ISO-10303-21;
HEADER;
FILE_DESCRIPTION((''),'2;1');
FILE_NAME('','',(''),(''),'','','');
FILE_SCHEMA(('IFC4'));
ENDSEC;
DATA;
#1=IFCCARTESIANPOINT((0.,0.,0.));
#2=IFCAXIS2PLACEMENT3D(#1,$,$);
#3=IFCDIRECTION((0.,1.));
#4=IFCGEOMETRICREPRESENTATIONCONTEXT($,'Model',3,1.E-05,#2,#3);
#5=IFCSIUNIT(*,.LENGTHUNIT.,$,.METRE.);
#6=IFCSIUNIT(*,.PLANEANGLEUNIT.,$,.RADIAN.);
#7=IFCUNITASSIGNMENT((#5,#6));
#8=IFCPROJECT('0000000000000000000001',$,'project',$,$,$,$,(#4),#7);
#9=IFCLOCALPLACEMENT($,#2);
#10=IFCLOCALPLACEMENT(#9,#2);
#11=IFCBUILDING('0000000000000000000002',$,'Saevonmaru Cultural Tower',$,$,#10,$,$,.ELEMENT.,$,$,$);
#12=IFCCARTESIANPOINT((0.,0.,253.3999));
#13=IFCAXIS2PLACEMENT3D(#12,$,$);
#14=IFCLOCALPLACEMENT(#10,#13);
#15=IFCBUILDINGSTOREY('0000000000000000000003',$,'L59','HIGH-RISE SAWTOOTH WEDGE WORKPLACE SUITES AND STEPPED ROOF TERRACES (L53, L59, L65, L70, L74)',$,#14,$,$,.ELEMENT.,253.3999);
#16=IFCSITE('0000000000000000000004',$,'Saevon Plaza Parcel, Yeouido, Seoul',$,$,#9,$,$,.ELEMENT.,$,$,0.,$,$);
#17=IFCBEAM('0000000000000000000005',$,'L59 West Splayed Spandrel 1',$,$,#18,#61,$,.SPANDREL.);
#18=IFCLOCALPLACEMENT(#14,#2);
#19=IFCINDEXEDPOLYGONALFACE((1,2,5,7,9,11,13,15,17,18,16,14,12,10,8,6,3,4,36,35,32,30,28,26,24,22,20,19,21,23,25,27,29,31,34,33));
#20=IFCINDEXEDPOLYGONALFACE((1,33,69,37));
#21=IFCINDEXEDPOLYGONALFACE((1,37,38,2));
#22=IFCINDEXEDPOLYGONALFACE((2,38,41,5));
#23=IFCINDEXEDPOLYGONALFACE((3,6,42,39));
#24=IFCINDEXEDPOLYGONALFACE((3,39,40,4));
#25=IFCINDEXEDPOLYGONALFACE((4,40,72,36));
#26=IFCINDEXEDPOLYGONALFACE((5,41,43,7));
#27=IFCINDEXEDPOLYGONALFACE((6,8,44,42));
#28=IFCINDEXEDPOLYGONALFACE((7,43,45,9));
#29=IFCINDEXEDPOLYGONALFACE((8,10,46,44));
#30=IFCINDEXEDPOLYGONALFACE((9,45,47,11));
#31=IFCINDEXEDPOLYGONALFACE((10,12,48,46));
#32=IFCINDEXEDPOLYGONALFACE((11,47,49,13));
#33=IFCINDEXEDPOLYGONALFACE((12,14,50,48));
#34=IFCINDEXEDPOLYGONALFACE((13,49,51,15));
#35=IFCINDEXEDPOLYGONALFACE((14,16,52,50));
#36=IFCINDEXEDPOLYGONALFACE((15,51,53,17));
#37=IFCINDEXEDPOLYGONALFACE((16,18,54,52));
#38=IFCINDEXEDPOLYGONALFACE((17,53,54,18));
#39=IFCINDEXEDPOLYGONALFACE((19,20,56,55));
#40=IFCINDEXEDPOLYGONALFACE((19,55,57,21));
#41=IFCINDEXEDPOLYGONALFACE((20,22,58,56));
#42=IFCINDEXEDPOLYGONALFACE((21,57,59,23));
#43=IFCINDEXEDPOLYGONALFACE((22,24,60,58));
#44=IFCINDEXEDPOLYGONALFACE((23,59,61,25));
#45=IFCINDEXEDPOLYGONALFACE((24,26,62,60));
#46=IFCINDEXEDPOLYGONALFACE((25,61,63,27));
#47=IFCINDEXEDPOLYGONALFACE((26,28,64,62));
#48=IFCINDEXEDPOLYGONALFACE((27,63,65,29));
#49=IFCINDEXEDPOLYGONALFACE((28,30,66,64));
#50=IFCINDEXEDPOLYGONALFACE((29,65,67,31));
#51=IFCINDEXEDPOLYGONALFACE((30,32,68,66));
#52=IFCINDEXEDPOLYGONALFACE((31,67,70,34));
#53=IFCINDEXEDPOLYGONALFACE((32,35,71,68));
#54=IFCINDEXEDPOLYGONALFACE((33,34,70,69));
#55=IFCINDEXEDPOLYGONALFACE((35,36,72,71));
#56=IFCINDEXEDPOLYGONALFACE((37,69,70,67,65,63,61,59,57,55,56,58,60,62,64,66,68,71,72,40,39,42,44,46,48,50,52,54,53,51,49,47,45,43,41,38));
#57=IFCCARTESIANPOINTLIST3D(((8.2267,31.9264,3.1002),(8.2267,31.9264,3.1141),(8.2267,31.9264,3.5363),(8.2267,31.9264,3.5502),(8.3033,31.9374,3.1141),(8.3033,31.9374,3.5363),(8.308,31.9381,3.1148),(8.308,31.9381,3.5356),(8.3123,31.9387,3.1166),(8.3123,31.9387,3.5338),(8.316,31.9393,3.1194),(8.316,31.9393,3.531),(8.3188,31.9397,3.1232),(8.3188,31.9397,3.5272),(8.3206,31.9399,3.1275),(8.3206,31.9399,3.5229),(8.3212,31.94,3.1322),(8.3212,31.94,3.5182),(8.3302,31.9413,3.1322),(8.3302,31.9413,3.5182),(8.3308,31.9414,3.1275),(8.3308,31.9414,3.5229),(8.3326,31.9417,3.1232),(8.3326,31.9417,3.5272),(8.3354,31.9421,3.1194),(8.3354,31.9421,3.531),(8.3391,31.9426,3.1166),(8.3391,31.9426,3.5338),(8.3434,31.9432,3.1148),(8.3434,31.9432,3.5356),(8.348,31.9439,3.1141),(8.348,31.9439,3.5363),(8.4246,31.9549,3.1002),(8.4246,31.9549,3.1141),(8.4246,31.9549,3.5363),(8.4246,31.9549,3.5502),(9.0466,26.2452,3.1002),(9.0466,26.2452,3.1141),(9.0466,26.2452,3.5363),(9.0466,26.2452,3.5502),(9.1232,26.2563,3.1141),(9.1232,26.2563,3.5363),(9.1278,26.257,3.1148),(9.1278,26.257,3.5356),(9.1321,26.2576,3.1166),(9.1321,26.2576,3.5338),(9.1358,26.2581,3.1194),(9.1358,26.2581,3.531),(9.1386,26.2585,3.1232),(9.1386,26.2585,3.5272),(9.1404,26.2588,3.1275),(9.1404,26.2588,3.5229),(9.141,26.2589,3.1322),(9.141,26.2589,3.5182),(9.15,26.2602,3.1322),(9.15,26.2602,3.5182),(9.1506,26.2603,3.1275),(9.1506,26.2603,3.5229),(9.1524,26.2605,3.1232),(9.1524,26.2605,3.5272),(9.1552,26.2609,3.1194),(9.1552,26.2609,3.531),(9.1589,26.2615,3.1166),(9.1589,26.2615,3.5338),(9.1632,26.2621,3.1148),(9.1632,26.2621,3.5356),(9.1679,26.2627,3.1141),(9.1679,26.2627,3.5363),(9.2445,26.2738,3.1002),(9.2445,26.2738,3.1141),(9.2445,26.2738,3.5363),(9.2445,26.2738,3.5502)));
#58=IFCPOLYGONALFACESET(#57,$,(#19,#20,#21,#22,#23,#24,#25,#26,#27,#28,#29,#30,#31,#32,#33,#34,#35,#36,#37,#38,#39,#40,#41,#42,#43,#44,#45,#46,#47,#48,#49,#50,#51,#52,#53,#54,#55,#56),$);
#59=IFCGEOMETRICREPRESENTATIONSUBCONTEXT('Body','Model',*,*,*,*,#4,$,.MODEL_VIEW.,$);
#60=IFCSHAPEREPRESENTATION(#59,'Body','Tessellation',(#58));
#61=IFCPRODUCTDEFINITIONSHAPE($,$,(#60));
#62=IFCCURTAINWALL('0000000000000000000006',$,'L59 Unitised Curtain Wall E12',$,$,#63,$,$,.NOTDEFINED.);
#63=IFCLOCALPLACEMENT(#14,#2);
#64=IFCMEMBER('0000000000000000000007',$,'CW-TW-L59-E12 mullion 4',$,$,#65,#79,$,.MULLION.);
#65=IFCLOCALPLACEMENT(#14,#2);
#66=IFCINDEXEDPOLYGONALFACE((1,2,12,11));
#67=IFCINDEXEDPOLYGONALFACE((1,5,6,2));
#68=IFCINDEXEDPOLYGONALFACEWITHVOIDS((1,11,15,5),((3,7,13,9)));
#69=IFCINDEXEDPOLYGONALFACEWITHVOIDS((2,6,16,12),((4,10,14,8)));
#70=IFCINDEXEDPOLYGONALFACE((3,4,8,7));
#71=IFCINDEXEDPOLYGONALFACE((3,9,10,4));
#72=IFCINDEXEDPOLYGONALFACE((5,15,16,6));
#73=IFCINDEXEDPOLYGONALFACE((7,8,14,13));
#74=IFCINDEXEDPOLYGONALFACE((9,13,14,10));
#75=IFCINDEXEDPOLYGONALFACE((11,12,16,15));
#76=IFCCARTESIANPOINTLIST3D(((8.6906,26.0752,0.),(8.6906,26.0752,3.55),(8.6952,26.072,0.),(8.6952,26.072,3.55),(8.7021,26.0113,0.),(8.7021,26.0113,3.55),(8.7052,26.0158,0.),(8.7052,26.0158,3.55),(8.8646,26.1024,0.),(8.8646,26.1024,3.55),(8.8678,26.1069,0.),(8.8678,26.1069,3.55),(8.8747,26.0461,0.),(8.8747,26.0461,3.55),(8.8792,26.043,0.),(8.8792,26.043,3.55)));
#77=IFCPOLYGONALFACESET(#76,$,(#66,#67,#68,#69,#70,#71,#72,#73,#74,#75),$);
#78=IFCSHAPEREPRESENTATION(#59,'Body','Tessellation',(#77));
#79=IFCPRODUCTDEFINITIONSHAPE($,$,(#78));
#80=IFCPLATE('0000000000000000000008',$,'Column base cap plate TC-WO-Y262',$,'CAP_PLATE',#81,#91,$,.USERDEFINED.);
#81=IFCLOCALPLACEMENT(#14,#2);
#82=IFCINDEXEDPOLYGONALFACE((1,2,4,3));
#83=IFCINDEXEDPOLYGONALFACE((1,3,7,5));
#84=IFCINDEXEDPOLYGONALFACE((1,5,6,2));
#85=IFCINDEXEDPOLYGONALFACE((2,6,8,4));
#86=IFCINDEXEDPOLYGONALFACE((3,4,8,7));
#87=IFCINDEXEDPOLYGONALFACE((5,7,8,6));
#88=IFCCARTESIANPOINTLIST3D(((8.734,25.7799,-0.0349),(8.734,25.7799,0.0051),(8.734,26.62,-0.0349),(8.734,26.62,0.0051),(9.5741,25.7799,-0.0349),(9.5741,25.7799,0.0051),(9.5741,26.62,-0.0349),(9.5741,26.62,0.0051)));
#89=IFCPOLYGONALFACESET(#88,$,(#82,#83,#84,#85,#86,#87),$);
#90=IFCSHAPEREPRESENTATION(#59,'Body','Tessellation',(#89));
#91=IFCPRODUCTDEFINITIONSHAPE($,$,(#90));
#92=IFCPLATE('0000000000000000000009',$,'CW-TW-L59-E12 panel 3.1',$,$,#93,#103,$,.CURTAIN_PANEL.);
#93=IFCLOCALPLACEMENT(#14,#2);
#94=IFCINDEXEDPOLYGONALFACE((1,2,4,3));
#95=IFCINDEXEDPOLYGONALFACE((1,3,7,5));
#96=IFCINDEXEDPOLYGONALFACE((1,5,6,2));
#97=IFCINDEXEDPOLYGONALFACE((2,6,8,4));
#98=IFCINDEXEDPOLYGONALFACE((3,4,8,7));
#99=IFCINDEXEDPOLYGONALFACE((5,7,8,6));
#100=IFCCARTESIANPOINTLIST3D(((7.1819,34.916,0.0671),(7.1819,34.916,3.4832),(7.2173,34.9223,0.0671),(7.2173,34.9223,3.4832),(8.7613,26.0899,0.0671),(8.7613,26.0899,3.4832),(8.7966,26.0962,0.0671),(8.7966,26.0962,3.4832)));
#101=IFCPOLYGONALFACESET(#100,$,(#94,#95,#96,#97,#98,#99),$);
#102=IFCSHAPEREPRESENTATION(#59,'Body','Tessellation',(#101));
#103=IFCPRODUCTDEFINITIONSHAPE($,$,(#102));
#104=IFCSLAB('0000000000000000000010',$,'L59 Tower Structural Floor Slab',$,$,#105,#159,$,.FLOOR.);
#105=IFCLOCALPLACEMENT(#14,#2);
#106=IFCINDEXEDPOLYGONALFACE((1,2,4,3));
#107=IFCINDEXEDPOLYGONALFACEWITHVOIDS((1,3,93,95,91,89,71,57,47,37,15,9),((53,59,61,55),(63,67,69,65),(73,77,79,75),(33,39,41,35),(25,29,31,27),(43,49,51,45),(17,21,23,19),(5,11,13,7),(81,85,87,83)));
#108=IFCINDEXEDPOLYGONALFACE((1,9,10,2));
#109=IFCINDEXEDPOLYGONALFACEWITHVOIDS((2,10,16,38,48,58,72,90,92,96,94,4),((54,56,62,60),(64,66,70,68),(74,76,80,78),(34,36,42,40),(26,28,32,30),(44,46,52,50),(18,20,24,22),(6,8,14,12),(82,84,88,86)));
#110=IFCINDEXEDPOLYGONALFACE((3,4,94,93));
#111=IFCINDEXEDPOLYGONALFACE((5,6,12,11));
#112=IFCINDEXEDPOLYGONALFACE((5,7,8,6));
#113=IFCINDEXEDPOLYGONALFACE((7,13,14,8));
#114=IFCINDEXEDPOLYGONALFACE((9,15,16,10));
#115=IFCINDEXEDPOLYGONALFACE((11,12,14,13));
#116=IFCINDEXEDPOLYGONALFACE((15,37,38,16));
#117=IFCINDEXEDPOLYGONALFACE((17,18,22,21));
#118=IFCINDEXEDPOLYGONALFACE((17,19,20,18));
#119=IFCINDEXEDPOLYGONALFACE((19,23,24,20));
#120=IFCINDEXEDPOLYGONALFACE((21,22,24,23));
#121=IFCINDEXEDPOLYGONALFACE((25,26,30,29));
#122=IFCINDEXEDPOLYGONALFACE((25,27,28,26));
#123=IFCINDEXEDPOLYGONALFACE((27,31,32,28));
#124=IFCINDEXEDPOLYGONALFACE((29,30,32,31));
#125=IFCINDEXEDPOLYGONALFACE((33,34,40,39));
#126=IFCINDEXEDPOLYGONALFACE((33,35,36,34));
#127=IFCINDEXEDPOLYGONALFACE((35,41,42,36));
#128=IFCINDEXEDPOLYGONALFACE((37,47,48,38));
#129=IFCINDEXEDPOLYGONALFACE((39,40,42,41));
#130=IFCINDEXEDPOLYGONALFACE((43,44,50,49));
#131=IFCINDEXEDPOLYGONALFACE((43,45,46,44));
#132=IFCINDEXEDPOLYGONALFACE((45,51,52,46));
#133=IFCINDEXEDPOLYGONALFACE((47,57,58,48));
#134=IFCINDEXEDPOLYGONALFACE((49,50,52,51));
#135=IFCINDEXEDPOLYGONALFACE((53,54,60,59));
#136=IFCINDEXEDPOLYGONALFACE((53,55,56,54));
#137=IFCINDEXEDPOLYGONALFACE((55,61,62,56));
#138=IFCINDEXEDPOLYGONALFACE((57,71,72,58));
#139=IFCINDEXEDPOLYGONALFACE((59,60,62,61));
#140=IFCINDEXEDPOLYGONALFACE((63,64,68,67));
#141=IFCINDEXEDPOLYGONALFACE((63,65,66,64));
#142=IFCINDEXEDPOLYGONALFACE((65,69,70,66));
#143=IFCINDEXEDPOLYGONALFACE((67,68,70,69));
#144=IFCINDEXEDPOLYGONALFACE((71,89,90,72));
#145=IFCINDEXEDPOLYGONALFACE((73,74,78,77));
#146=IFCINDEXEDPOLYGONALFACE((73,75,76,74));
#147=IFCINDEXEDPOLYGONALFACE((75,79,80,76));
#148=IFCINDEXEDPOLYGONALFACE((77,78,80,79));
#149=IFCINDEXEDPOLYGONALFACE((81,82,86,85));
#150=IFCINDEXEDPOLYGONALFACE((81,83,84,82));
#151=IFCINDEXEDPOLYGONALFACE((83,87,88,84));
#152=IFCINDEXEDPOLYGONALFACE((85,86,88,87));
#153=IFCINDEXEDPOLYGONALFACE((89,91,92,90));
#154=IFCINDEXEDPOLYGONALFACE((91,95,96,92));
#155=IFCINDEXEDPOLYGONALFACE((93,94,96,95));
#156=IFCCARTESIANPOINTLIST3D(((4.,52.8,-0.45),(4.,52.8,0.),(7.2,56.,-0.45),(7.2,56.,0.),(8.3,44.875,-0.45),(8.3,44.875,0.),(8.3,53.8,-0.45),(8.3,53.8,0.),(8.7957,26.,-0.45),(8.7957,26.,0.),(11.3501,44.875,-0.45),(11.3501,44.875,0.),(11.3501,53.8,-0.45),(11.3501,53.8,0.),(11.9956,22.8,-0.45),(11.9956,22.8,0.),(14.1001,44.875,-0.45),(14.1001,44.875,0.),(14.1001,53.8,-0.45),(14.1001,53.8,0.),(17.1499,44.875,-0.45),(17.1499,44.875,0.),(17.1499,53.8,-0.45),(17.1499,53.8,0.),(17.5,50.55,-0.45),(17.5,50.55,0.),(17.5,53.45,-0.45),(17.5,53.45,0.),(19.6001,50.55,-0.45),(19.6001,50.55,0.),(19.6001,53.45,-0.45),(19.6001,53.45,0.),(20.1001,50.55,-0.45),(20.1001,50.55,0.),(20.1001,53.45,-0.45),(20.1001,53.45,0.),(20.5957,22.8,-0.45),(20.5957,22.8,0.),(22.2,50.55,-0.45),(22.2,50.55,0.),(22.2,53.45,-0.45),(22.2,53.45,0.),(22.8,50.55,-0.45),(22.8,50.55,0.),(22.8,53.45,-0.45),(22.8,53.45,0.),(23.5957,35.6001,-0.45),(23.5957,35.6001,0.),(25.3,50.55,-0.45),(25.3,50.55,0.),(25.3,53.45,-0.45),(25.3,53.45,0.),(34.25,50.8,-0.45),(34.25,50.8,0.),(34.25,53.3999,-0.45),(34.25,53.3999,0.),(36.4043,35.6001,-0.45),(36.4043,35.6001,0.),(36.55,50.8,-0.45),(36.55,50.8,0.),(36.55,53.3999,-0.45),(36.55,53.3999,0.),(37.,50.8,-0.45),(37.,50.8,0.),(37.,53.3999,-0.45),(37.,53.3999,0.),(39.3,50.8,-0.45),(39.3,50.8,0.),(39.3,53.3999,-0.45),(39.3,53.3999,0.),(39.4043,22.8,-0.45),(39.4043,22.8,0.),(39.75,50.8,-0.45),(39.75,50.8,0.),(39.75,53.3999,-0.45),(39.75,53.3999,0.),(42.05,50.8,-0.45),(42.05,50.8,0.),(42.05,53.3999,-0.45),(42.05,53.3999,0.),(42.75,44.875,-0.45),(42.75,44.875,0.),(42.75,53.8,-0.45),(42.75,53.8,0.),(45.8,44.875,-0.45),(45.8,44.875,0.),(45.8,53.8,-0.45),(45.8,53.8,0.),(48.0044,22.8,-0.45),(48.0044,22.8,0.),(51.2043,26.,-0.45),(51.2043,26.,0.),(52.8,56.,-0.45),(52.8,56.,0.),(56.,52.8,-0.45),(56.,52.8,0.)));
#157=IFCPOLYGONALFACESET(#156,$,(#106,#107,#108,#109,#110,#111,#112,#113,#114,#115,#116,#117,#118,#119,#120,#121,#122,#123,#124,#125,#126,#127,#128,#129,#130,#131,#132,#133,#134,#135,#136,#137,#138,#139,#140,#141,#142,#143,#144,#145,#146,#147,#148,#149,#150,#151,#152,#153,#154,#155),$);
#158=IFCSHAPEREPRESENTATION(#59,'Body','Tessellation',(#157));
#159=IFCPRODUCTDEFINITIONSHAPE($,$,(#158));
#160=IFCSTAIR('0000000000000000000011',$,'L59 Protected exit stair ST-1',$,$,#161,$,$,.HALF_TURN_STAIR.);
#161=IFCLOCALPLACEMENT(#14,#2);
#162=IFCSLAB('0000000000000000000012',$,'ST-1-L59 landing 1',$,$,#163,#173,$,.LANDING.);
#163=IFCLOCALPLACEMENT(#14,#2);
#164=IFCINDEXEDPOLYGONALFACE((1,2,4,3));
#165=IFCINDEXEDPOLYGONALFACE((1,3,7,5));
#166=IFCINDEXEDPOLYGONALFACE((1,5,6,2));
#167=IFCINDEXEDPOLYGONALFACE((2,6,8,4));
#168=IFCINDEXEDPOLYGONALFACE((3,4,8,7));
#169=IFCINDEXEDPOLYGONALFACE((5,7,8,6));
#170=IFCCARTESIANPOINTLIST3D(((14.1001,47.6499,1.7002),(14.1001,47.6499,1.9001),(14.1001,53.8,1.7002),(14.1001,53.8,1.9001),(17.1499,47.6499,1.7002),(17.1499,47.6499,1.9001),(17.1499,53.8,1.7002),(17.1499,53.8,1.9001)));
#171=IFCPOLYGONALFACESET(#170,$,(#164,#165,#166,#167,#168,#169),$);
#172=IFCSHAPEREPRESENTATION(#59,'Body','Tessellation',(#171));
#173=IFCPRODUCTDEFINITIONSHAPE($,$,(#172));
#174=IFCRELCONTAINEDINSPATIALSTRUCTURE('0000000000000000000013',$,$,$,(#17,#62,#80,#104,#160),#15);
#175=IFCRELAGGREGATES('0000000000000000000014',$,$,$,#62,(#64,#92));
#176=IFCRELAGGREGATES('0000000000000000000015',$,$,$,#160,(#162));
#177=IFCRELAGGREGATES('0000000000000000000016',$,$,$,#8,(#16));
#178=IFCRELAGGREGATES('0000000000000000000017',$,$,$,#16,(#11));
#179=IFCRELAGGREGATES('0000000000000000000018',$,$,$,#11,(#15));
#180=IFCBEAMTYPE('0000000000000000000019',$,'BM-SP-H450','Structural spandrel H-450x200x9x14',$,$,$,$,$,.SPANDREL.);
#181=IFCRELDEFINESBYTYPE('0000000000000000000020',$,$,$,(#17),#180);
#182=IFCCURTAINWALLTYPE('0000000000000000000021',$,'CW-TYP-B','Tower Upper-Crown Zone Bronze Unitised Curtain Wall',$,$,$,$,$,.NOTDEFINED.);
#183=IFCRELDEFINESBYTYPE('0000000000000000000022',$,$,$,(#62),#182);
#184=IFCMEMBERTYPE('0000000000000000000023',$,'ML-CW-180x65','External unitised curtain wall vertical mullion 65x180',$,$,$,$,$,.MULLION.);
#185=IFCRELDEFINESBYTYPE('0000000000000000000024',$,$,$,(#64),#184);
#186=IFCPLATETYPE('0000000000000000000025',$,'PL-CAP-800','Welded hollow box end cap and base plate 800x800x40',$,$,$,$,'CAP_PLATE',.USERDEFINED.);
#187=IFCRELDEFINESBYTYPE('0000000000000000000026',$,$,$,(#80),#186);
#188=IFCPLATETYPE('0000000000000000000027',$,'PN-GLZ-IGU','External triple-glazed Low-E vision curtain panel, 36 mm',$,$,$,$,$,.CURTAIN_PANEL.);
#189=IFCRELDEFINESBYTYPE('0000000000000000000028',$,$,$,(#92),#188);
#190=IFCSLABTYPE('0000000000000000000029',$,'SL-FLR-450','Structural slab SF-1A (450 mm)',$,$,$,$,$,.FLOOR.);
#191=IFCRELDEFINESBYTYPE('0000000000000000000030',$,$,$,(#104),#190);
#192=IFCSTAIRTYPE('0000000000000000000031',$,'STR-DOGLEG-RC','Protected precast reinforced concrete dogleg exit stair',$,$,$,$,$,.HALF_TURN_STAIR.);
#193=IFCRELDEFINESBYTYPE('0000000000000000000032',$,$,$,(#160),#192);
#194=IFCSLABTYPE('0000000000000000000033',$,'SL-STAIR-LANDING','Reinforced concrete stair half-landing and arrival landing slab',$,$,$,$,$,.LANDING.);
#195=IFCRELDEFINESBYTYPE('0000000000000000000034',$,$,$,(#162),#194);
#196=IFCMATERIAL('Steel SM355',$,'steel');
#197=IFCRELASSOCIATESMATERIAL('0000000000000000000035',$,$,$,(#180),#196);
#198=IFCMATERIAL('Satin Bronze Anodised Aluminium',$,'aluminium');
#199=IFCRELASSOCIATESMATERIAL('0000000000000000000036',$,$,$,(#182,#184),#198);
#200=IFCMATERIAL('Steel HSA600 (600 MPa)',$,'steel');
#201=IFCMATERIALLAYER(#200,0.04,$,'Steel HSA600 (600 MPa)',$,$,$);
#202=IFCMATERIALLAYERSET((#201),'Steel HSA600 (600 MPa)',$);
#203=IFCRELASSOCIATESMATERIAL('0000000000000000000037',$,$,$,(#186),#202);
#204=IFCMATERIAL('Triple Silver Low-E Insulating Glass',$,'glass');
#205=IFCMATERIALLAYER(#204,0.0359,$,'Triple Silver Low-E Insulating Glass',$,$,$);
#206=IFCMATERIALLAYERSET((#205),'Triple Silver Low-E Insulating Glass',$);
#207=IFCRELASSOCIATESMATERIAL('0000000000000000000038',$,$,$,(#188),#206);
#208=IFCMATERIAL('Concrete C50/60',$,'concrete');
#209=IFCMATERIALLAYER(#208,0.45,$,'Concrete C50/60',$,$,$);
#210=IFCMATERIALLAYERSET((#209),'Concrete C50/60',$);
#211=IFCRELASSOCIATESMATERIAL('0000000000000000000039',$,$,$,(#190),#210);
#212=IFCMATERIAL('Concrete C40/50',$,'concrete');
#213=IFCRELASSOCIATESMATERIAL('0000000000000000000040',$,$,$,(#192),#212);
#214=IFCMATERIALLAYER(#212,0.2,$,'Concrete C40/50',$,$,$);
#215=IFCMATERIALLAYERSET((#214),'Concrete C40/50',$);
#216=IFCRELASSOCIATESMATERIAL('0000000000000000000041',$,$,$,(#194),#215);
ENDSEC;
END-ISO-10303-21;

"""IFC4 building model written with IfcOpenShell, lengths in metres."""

from ifc_helpers import new_model, si_unit, direction, frame, origin, origin_2d, place, context, subcontext, project, spatial, polyline, rectangle, hollow_rectangle, i_section, outline, extrude, material, layer, layer_set, material_profile, profile_set, type_object, element, aggregate, save


model = new_model("IFC4")

# Units and contexts
model_context = context("Model", 3, precision=1e-05, world=origin(), true_north=direction((0.0, 1.0)))
body_context = subcontext(model_context, "Body", "Model", "MODEL_VIEW")
ifc_project = project(units=[si_unit("LENGTHUNIT", "METRE"), si_unit("PLANEANGLEUNIT", "RADIAN")], contexts=[model_context])

# Site, building, storey
site_placement = place(None, origin())
site = spatial("IfcSite", under=ifc_project, at=site_placement, Name="Saevon Plaza Parcel, Yeouido, Seoul", CompositionType="ELEMENT", RefElevation=0.0)
building_placement = place(site_placement, origin())
building = spatial("IfcBuilding", under=site, at=building_placement, Name="Saevonmaru Cultural Tower", CompositionType="ELEMENT")
storey_placement = place(building_placement, frame((0.0, 0.0, 253.3999)))
storey = spatial("IfcBuildingStorey", under=building, at=storey_placement, Name="L59", Description="HIGH-RISE SAWTOOTH WEDGE WORKPLACE SUITES AND STEPPED ROOF TERRACES (L53, L59, L65, L70, L74)", CompositionType="ELEMENT", Elevation=253.3999)

# Shared definitions
ifc_material_1 = material(Name="Steel SM355", Category="steel")

# Beam
ifc_material_profile_1 = material_profile(ifc_material_1, i_section(OverallWidth=0.2, OverallDepth=0.45, WebThickness=0.009, FlangeThickness=0.0139, FilletRadius=0.0181, at=origin_2d()), Name="H-450x200x9x14")
ifc_profile_set_1 = profile_set([ifc_material_profile_1], Name="Steel SM355")
beam_type_1 = type_object("IfcBeamType", Name="BM-SP-H450", Description="Structural spandrel H-450x200x9x14", PredefinedType="SPANDREL", material=ifc_profile_set_1)
beam_1_placement = place(storey_placement, frame((9.1455, 26.2595, 3.3252), z_axis=(-0.142827, 0.989748, 0.0), x_axis=(-0.989748, -0.142827, 0.0)))
element("IfcBeam", 1, at=beam_1_placement, inside=storey, type_object=beam_type_1, Name="L59 West Splayed Spandrel 1", PredefinedType="SPANDREL", context=body_context, shape_type="SweptSolid", body=[
    extrude(i_section(OverallWidth=0.2, OverallDepth=0.45, WebThickness=0.009, FlangeThickness=0.0139, FilletRadius=0.0181, at=origin_2d()), origin(), (0.0, 0.0, 1.0), 5.74),
])

# Curtain wall, member
ifc_material_2 = material(Name="Satin Bronze Anodised Aluminium", Category="aluminium")
curtain_wall_type = type_object("IfcCurtainWallType", Name="CW-TYP-B", Description="Tower Upper-Crown Zone Bronze Unitised Curtain Wall", PredefinedType="NOTDEFINED", material=ifc_material_2)
curtain_wall_placement = place(storey_placement, origin())
curtain_wall = element("IfcCurtainWall", 2, at=curtain_wall_placement, inside=storey, type_object=curtain_wall_type, Name="L59 Unitised Curtain Wall E12", PredefinedType="NOTDEFINED")
ifc_material_profile_2 = material_profile(ifc_material_2, hollow_rectangle(XDim=0.0649, YDim=0.1799, WallThickness=0.0039, at=origin_2d()), Name="ALU-MULL-180x65x4")
ifc_profile_set_2 = profile_set([ifc_material_profile_2], Name="Satin Bronze Anodised Aluminium")
member_type = type_object("IfcMemberType", Name="ML-CW-180x65", Description="External unitised curtain wall vertical mullion 65x180", PredefinedType="MULLION", material=ifc_profile_set_2)
member_placement = place(storey_placement, frame((8.7849, 26.0591, 0.0), z_axis=(0.0, 0.0, 1.0), x_axis=(0.176141, -0.984365, 0.0)))
member = element("IfcMember", 3, at=member_placement, type_object=member_type, Name="CW-TW-L59-E12 mullion 4", PredefinedType="MULLION", context=body_context, shape_type="SweptSolid", body=[
    extrude(hollow_rectangle(XDim=0.0649, YDim=0.1799, WallThickness=0.0039, at=origin_2d()), origin(), (0.0, 0.0, 1.0), 3.55),
])

# Plates
ifc_material_3 = material(Name="Steel HSA600 (600 MPa)", Category="steel")
ifc_layer_1 = layer(ifc_material_3, 0.04, Name="Steel HSA600 (600 MPa)")
ifc_layer_set_1 = layer_set([ifc_layer_1], Name="Steel HSA600 (600 MPa)")
plate_type_1 = type_object("IfcPlateType", Name="PL-CAP-800", Description="Welded hollow box end cap and base plate 800x800x40", ElementType="CAP_PLATE", PredefinedType="USERDEFINED", material=ifc_layer_set_1)
plate_1_placement = place(storey_placement, frame((9.1541, 26.2, -0.0349), z_axis=(0.0, 0.0, 1.0), x_axis=(1.0, 0.0, 0.0)))
element("IfcPlate", 4, at=plate_1_placement, inside=storey, type_object=plate_type_1, Name="Column base cap plate TC-WO-Y262", ObjectType="CAP_PLATE", PredefinedType="USERDEFINED", context=body_context, shape_type="SweptSolid", body=[
    extrude(rectangle(XDim=0.8401, YDim=0.8401, at=origin_2d()), origin(), (0.0, 0.0, 1.0), 0.04),
])
ifc_material_4 = material(Name="Triple Silver Low-E Insulating Glass", Category="glass")
ifc_layer_2 = layer(ifc_material_4, 0.0359, Name="Triple Silver Low-E Insulating Glass")
ifc_layer_set_2 = layer_set([ifc_layer_2], Name="Triple Silver Low-E Insulating Glass")
plate_type_2 = type_object("IfcPlateType", Name="PN-GLZ-IGU", Description="External triple-glazed Low-E vision curtain panel, 36 mm", PredefinedType="CURTAIN_PANEL", material=ifc_layer_set_2)
plate_2_placement = place(storey_placement, frame((7.9893, 30.5061, 0.0671), z_axis=(0.0, 0.0, 1.0), x_axis=(0.176141, -0.984365, 0.0)))
plate_2 = element("IfcPlate", 5, at=plate_2_placement, type_object=plate_type_2, Name="CW-TW-L59-E12 panel 3.1", PredefinedType="CURTAIN_PANEL", context=body_context, shape_type="SweptSolid", body=[
    extrude(rectangle(XDim=8.9663, YDim=0.0359, at=origin_2d()), origin(), (0.0, 0.0, 1.0), 3.416),
])
aggregate(curtain_wall, [member, plate_2])

# Slab
ifc_material_5 = material(Name="Concrete C50/60", Category="concrete")
ifc_layer_3 = layer(ifc_material_5, 0.45, Name="Concrete C50/60")
ifc_layer_set_3 = layer_set([ifc_layer_3], Name="Concrete C50/60")
slab_type_1 = type_object("IfcSlabType", Name="SL-FLR-450", Description="Structural slab SF-1A (450 mm)", PredefinedType="FLOOR", material=ifc_layer_set_3)
slab_1_placement = place(storey_placement, frame((0.0, 0.0, -0.45)))
element("IfcSlab", 6, at=slab_1_placement, inside=storey, type_object=slab_type_1, Name="L59 Tower Structural Floor Slab", PredefinedType="FLOOR", context=body_context, shape_type="SweptSolid", body=[
    extrude(outline(polyline([(8.7957, 26.0), (11.9956, 22.8), (20.5957, 22.8), (23.5957, 35.6001), (36.4043, 35.6001), (39.4043, 22.8), (48.0044, 22.8), (51.2043, 26.0), (56.0, 52.8), (52.8, 56.0), (7.2, 56.0), (4.0, 52.8), (8.7957, 26.0)]), holes=[polyline([(45.8, 53.8), (45.8, 44.875), (42.75, 44.875), (42.75, 53.8), (45.8, 53.8)]), polyline([(39.75, 50.8), (39.75, 53.3999), (42.05, 53.3999), (42.05, 50.8), (39.75, 50.8)]), polyline([(37.0, 50.8), (37.0, 53.3999), (39.3, 53.3999), (39.3, 50.8), (37.0, 50.8)]), polyline([(36.55, 50.8), (34.25, 50.8), (34.25, 53.3999), (36.55, 53.3999), (36.55, 50.8)]), polyline([(25.3, 50.55), (22.8, 50.55), (22.8, 53.45), (25.3, 53.45), (25.3, 50.55)]), polyline([(22.2, 50.55), (20.1001, 50.55), (20.1001, 53.45), (22.2, 53.45), (22.2, 50.55)]), polyline([(19.6001, 50.55), (17.5, 50.55), (17.5, 53.45), (19.6001, 53.45), (19.6001, 50.55)]), polyline([(17.1499, 53.8), (17.1499, 44.875), (14.1001, 44.875), (14.1001, 53.8), (17.1499, 53.8)]), polyline([(11.3501, 53.8), (11.3501, 44.875), (8.3, 44.875), (8.3, 53.8), (11.3501, 53.8)])]), origin(), (0.0, 0.0, 1.0), 0.45),
])

# Stair, slab
ifc_material_6 = material(Name="Concrete C40/50", Category="concrete")
stair_type = type_object("IfcStairType", Name="STR-DOGLEG-RC", Description="Protected precast reinforced concrete dogleg exit stair", PredefinedType="HALF_TURN_STAIR", material=ifc_material_6)
stair_1_placement = place(storey_placement, origin())
stair_1 = element("IfcStair", 7, at=stair_1_placement, inside=storey, type_object=stair_type, Name="L59 Protected exit stair ST-1", PredefinedType="HALF_TURN_STAIR")
ifc_layer_4 = layer(ifc_material_6, 0.2, Name="Concrete C40/50")
ifc_layer_set_4 = layer_set([ifc_layer_4], Name="Concrete C40/50")
slab_type_2 = type_object("IfcSlabType", Name="SL-STAIR-LANDING", Description="Reinforced concrete stair half-landing and arrival landing slab", PredefinedType="LANDING", material=ifc_layer_set_4)
slab_2_placement = place(storey_placement, frame((0.0, 0.0, 1.7002)))
slab_2 = element("IfcSlab", 8, at=slab_2_placement, type_object=slab_type_2, Name="ST-1-L59 landing 1", PredefinedType="LANDING", context=body_context, shape_type="SweptSolid", body=[
    extrude(outline(polyline([(17.1499, 47.6499), (17.1499, 53.8), (14.1001, 53.8), (14.1001, 47.6499), (17.1499, 47.6499)])), origin(), (0.0, 0.0, 1.0), 0.2),
])
aggregate(stair_1, [slab_2])

save(model, "model.ifc")
